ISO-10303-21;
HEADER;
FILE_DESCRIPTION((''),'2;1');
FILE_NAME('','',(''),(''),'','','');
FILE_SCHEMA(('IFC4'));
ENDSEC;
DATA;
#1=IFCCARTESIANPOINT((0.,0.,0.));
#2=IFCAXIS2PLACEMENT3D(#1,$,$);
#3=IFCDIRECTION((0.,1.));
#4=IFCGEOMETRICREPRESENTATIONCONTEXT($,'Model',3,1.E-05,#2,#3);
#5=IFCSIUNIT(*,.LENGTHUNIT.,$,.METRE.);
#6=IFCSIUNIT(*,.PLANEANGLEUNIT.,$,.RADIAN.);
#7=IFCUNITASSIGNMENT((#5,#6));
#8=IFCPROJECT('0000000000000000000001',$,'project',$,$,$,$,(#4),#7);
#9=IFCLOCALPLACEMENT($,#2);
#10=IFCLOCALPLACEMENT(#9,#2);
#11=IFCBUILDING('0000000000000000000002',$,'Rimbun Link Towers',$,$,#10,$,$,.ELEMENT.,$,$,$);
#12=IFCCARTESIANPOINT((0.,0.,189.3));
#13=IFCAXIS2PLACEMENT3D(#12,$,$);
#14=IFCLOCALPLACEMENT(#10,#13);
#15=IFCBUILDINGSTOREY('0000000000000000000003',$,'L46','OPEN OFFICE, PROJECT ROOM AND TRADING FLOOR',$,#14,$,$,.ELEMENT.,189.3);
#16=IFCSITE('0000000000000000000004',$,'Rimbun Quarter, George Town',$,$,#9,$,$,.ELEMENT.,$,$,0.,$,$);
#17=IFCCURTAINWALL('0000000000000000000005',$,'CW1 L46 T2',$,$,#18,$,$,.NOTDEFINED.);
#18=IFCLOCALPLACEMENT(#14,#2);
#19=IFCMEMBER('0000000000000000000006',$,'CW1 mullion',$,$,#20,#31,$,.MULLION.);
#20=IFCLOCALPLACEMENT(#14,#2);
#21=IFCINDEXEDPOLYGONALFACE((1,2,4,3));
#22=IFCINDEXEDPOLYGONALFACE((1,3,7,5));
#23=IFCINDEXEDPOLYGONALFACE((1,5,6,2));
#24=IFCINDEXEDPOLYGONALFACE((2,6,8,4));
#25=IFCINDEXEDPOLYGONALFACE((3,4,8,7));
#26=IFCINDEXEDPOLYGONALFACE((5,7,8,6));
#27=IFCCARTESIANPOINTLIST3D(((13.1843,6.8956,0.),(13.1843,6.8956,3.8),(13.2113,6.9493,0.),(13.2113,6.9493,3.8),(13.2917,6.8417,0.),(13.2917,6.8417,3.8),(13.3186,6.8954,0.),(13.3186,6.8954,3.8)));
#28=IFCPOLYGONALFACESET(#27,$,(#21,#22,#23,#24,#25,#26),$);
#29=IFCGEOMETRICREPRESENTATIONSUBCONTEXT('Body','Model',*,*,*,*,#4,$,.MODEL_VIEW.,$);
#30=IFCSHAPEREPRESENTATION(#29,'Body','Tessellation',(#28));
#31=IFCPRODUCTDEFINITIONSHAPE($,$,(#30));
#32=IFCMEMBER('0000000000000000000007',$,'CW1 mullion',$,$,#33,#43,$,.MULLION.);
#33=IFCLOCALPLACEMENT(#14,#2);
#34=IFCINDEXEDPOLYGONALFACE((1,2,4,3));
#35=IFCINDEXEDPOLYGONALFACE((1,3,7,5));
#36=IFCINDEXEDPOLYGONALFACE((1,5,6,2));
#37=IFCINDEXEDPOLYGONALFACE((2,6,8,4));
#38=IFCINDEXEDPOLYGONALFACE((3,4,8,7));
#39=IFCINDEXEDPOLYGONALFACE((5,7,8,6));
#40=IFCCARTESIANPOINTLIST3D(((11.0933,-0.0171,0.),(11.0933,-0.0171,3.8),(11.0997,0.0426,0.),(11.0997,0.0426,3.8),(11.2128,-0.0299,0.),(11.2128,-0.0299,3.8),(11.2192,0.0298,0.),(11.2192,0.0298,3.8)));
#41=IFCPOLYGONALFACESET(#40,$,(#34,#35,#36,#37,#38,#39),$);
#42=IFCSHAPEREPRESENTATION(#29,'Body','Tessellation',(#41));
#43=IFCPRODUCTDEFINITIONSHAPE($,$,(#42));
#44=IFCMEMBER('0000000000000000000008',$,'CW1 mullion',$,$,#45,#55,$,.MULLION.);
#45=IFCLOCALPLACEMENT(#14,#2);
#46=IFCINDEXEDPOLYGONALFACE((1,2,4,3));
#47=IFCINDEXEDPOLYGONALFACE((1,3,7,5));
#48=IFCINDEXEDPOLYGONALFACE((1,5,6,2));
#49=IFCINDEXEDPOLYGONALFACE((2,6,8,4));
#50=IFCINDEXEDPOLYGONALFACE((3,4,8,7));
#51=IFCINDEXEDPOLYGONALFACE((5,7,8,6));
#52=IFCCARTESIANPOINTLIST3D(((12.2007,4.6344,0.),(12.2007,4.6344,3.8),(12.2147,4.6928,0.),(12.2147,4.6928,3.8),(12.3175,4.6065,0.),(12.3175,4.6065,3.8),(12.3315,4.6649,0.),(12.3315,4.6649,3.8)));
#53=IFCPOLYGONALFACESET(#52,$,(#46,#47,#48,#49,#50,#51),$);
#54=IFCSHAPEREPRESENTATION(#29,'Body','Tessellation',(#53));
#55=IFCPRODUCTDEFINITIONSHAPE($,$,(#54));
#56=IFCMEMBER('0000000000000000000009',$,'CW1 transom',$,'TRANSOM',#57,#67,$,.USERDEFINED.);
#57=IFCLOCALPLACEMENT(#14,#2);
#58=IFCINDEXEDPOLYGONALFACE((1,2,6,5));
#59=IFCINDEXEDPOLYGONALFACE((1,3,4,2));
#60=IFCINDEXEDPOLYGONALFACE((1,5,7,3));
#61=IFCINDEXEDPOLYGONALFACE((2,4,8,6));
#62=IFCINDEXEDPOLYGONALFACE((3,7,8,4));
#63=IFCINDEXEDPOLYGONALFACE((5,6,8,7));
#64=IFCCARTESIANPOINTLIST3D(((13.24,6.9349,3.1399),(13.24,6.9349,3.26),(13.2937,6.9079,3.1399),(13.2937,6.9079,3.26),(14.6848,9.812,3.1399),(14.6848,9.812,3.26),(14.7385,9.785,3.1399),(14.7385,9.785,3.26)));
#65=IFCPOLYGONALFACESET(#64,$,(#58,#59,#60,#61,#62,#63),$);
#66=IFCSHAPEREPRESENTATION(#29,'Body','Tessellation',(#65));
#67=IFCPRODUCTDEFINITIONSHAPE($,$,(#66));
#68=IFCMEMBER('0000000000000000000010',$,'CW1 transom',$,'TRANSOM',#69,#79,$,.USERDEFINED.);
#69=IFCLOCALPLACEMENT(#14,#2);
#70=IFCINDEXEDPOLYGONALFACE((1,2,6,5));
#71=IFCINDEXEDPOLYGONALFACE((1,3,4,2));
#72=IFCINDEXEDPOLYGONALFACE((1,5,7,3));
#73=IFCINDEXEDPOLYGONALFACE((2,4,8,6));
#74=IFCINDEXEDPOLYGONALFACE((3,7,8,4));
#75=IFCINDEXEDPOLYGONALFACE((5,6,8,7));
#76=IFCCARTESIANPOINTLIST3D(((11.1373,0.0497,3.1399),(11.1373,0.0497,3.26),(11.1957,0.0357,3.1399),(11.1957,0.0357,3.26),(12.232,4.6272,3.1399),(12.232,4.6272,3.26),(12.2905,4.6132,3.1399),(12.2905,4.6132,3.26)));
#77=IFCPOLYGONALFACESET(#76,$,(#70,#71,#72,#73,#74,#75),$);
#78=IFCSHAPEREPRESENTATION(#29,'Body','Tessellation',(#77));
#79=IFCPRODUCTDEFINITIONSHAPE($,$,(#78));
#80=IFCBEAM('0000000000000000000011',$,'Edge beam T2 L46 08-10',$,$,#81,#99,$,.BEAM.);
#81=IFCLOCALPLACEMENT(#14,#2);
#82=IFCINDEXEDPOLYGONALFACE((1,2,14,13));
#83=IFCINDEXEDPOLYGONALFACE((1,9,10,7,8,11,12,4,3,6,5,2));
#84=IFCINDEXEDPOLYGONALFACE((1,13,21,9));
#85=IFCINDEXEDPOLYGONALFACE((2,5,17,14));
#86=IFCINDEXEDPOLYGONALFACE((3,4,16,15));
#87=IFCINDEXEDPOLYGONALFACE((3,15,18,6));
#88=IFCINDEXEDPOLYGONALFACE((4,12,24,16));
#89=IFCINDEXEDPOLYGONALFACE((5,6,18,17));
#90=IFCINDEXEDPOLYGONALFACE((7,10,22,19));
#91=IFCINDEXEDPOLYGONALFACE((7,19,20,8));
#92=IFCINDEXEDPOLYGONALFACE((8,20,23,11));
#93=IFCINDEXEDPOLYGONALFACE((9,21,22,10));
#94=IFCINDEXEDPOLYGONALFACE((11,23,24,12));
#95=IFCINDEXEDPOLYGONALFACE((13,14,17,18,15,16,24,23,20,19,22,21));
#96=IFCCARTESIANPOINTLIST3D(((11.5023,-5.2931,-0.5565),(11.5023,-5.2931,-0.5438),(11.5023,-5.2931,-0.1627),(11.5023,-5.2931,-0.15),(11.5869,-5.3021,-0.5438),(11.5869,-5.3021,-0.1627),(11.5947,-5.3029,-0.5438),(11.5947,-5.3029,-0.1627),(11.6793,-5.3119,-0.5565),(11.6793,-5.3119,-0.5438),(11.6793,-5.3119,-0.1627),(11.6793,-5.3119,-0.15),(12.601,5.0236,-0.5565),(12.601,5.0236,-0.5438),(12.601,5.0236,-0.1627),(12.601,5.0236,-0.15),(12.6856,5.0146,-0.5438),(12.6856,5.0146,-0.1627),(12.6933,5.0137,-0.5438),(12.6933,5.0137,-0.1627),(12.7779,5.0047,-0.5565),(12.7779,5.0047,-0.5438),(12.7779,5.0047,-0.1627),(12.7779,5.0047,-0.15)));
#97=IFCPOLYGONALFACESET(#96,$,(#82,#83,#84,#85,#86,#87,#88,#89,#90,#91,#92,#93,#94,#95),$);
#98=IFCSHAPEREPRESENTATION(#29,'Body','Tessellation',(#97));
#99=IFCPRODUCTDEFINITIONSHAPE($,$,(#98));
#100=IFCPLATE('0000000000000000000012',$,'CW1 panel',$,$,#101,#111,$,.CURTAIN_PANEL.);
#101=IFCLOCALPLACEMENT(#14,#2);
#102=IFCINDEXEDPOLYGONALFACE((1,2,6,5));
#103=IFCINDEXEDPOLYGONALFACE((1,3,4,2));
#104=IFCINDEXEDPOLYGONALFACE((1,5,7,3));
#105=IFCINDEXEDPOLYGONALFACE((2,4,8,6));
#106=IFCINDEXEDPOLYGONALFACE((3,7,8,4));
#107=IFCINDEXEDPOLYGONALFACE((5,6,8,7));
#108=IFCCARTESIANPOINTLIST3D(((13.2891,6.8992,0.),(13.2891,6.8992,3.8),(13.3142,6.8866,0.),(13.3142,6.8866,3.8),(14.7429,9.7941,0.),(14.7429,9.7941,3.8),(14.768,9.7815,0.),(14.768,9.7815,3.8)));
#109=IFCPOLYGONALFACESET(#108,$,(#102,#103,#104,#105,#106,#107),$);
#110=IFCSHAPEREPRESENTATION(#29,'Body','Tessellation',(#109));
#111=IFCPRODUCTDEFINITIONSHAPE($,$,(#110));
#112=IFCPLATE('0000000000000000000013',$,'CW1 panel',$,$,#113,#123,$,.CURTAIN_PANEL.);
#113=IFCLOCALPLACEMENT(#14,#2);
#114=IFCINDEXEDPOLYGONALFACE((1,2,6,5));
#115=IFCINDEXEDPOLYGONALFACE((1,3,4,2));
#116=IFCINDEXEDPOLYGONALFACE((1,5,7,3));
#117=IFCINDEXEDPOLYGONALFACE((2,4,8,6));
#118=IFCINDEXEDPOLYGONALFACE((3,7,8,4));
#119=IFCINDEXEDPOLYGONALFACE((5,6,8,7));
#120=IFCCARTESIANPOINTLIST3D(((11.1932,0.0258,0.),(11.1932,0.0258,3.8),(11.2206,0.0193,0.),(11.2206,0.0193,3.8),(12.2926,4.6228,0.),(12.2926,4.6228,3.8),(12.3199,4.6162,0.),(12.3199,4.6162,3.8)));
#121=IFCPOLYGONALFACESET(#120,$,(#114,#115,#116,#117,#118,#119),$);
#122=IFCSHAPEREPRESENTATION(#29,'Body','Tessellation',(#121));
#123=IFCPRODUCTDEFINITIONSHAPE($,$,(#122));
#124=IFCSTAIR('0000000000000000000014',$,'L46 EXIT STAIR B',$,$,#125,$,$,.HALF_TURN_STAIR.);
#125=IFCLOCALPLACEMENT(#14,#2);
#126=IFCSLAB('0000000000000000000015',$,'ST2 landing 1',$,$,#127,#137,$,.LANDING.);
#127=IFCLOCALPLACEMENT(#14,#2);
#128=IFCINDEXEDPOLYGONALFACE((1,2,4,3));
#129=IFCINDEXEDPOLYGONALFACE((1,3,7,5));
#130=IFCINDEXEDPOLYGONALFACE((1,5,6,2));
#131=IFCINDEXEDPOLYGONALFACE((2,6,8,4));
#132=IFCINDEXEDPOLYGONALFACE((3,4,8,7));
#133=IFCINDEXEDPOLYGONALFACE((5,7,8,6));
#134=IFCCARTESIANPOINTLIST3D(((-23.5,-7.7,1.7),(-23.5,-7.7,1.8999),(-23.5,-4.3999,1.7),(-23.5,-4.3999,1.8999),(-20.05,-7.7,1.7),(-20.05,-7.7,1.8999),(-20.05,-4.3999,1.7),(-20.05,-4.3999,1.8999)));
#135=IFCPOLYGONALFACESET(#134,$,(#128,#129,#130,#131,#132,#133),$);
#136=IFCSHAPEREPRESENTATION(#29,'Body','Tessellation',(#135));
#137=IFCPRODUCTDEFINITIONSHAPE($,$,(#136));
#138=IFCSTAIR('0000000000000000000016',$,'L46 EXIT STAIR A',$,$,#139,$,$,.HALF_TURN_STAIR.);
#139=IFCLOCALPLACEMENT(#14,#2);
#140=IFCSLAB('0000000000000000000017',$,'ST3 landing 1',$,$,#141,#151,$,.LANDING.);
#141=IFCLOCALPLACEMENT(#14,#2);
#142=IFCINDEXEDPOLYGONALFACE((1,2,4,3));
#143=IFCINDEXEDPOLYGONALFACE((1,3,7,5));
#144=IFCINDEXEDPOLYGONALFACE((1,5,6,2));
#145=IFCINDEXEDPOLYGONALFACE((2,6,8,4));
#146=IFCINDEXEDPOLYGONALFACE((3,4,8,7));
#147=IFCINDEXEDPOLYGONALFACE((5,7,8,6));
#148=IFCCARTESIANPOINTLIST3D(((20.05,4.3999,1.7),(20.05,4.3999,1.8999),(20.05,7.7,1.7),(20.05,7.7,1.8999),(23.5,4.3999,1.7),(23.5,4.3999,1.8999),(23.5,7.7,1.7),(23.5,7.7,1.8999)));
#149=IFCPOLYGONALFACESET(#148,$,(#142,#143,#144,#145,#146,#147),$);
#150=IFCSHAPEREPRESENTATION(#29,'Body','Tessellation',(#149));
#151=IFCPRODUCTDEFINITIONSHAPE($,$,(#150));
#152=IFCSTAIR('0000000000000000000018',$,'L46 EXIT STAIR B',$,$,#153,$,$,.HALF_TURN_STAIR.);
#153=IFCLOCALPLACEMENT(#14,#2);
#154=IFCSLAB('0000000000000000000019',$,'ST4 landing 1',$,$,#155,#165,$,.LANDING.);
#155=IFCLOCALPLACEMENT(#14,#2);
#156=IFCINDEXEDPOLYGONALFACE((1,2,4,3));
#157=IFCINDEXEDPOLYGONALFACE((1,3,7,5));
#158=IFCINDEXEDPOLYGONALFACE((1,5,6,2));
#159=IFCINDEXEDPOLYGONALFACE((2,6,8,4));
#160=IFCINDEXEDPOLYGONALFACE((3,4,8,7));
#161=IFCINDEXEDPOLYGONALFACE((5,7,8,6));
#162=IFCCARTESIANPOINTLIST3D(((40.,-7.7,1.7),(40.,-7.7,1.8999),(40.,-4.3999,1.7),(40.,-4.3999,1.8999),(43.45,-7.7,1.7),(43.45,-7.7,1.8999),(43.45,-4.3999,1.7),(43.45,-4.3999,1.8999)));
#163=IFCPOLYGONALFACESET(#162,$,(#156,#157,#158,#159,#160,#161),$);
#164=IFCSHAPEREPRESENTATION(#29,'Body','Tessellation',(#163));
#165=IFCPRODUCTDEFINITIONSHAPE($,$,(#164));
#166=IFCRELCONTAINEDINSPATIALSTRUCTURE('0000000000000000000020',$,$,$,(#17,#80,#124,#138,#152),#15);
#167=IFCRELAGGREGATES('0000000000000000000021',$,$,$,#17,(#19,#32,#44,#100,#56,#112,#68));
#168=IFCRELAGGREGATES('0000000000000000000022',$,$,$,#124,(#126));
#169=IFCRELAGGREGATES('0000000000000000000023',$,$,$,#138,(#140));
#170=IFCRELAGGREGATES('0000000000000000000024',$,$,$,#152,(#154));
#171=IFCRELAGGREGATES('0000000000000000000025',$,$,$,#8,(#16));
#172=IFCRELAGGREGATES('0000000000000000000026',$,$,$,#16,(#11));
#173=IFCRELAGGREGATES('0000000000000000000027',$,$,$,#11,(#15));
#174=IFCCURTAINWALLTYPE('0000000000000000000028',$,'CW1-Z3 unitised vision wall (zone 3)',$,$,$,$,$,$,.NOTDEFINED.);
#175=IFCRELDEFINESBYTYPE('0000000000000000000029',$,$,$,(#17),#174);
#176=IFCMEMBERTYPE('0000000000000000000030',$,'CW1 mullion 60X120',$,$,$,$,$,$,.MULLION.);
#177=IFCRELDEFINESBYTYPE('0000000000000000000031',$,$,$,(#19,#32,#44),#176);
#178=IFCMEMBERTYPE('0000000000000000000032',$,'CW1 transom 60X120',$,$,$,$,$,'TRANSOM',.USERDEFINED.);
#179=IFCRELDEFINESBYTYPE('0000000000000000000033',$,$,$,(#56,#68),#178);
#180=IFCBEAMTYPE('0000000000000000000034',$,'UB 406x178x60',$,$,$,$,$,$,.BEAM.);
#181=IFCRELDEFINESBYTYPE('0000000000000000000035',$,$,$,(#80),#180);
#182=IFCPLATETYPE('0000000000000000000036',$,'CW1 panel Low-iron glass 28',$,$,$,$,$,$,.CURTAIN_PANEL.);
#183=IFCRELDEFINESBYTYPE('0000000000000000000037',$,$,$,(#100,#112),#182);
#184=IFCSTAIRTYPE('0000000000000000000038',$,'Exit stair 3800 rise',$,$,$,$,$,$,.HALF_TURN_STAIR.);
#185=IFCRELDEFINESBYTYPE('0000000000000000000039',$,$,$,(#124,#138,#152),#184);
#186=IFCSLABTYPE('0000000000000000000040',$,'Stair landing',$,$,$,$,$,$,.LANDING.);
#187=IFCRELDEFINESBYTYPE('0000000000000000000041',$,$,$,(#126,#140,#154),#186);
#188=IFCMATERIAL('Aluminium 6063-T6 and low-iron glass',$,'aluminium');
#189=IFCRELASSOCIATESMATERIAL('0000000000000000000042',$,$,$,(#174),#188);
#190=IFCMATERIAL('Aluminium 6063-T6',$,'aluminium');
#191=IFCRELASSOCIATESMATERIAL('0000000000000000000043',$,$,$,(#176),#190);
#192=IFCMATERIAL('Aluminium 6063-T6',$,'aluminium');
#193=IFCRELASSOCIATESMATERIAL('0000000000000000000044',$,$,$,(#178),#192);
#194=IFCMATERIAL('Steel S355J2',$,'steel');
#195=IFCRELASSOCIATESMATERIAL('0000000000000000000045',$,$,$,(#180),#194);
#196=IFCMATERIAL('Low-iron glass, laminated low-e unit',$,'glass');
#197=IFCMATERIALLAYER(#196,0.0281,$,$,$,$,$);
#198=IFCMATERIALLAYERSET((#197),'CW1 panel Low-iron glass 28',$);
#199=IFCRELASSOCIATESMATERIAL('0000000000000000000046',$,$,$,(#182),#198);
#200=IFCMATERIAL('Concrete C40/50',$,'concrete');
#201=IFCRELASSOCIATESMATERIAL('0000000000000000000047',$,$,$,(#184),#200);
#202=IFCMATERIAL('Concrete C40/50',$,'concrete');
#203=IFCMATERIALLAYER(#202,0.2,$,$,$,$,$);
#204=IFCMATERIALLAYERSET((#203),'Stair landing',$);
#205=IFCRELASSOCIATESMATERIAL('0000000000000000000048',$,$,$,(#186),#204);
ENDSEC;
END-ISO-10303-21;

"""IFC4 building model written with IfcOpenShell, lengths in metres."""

from ifc_helpers import new_model, si_unit, direction, frame, origin, origin_2d, place, context, subcontext, project, spatial, polyline, rectangle, i_section, outline, extrude, material, layer, layer_set, material_profile, profile_set, type_object, element, aggregate, save


model = new_model("IFC4")

# Units and contexts
model_context = context("Model", 3, precision=1e-05, world=origin(), true_north=direction((0.0, 1.0)))
body_context = subcontext(model_context, "Body", "Model", "MODEL_VIEW")
ifc_project = project(units=[si_unit("LENGTHUNIT", "METRE"), si_unit("PLANEANGLEUNIT", "RADIAN")], contexts=[model_context])

# Site, building, storey
site_placement = place(None, origin())
site = spatial("IfcSite", under=ifc_project, at=site_placement, Name="Rimbun Quarter, George Town", CompositionType="ELEMENT", RefElevation=0.0)
building_placement = place(site_placement, origin())
building = spatial("IfcBuilding", under=site, at=building_placement, Name="Rimbun Link Towers", CompositionType="ELEMENT")
storey_placement = place(building_placement, frame((0.0, 0.0, 189.3)))
storey = spatial("IfcBuildingStorey", under=building, at=storey_placement, Name="L46", Description="OPEN OFFICE, PROJECT ROOM AND TRADING FLOOR", CompositionType="ELEMENT", Elevation=189.3)

# Curtain wall, members
ifc_material_1 = material(Name="Aluminium 6063-T6 and low-iron glass", Category="aluminium")
curtain_wall_type = type_object("IfcCurtainWallType", Name="CW1-Z3 unitised vision wall (zone 3)", PredefinedType="NOTDEFINED", material=ifc_material_1)
curtain_wall_placement = place(storey_placement, origin())
curtain_wall = element("IfcCurtainWall", 1, at=curtain_wall_placement, inside=storey, type_object=curtain_wall_type, Name="CW1 L46 T2", PredefinedType="NOTDEFINED")
ifc_material_2 = material(Name="Aluminium 6063-T6", Category="aluminium")
ifc_material_profile_1 = material_profile(ifc_material_2, rectangle(XDim=0.1201, YDim=0.0601, at=origin_2d()), Name="MULLION 60X120")
ifc_profile_set_1 = profile_set([ifc_material_profile_1], Name="Aluminium 6063-T6")
member_type_1 = type_object("IfcMemberType", Name="CW1 mullion 60X120", PredefinedType="MULLION", material=ifc_profile_set_1)
member_1_placement = place(storey_placement, frame((13.2515, 6.8955, 0.0), z_axis=(0.0, 0.0, 1.0), x_axis=(-0.893642, 0.448781, 0.0)))
member_1 = element("IfcMember", 2, at=member_1_placement, type_object=member_type_1, Name="CW1 mullion", PredefinedType="MULLION", context=body_context, shape_type="SweptSolid", body=[
    extrude(rectangle(XDim=0.1201, YDim=0.0601, at=origin_2d()), origin(), (0.0, 0.0, 1.0), 3.8),
])
member_2_placement = place(storey_placement, frame((11.1562, 0.0063, 0.0), z_axis=(0.0, 0.0, 1.0), x_axis=(-0.994298, 0.106634, 0.0)))
member_2 = element("IfcMember", 3, at=member_2_placement, type_object=member_type_1, Name="CW1 mullion", PredefinedType="MULLION", context=body_context, shape_type="SweptSolid", body=[
    extrude(rectangle(XDim=0.1201, YDim=0.0601, at=origin_2d()), origin(), (0.0, 0.0, 1.0), 3.8),
])
member_3_placement = place(storey_placement, frame((12.2661, 4.6497, 0.0), z_axis=(0.0, 0.0, 1.0), x_axis=(-0.972573, 0.232596, 0.0)))
member_3 = element("IfcMember", 4, at=member_3_placement, type_object=member_type_1, Name="CW1 mullion", PredefinedType="MULLION", context=body_context, shape_type="SweptSolid", body=[
    extrude(rectangle(XDim=0.1201, YDim=0.0601, at=origin_2d()), origin(), (0.0, 0.0, 1.0), 3.8),
])
ifc_material_3 = material(Name="Aluminium 6063-T6", Category="aluminium")
ifc_material_profile_2 = material_profile(ifc_material_3, rectangle(XDim=0.0601, YDim=0.1201, at=origin_2d()), Name="TRANSOM 60X120")
ifc_profile_set_2 = profile_set([ifc_material_profile_2], Name="Aluminium 6063-T6")
member_type_2 = type_object("IfcMemberType", Name="CW1 transom 60X120", ElementType="TRANSOM", PredefinedType="USERDEFINED", material=ifc_profile_set_2)
member_4_placement = place(storey_placement, frame((13.2668, 6.9214, 3.2), z_axis=(0.44876, 0.893652, 0.0), x_axis=(-0.893652, 0.44876, 0.0)))
member_4 = element("IfcMember", 5, at=member_4_placement, type_object=member_type_2, Name="CW1 transom", ObjectType="TRANSOM", PredefinedType="USERDEFINED", context=body_context, shape_type="SweptSolid", body=[
    extrude(rectangle(XDim=0.0601, YDim=0.1201, at=origin_2d()), origin(), (0.0, 0.0, 1.0), 3.2195),
])
member_5_placement = place(storey_placement, frame((11.1665, 0.0427, 3.2), z_axis=(0.2326, 0.972573, 0.0), x_axis=(-0.972573, 0.2326, 0.0)))
member_5 = element("IfcMember", 6, at=member_5_placement, type_object=member_type_2, Name="CW1 transom", ObjectType="TRANSOM", PredefinedType="USERDEFINED", context=body_context, shape_type="SweptSolid", body=[
    extrude(rectangle(XDim=0.0601, YDim=0.1201, at=origin_2d()), origin(), (0.0, 0.0, 1.0), 4.7065),
])

# Beam
ifc_material_4 = material(Name="Steel S355J2", Category="steel")
ifc_material_profile_3 = material_profile(ifc_material_4, i_section(OverallWidth=0.178, OverallDepth=0.4065, WebThickness=0.0078, FlangeThickness=0.0127, at=origin_2d()), Name="UB 406x178x60")
ifc_profile_set_3 = profile_set([ifc_material_profile_3], Name="Steel S355J2")
beam_type = type_object("IfcBeamType", Name="UB 406x178x60", PredefinedType="BEAM", material=ifc_profile_set_3)
beam_placement = place(storey_placement, frame((12.6895, 5.0142, -0.3533), z_axis=(-0.105892, -0.994378, 0.0), x_axis=(0.994378, -0.105892, 0.0)))
element("IfcBeam", 7, at=beam_placement, inside=storey, type_object=beam_type, Name="Edge beam T2 L46 08-10", PredefinedType="BEAM", context=body_context, shape_type="SweptSolid", body=[
    extrude(i_section(OverallWidth=0.178, OverallDepth=0.4065, WebThickness=0.0078, FlangeThickness=0.0127, at=origin_2d()), origin(), (0.0, 0.0, 1.0), 10.375),
])

# Plates
ifc_material_5 = material(Name="Low-iron glass, laminated low-e unit", Category="glass")
ifc_layer_1 = layer(ifc_material_5, 0.0281)
ifc_layer_set_1 = layer_set([ifc_layer_1], Name="CW1 panel Low-iron glass 28")
plate_type = type_object("IfcPlateType", Name="CW1 panel Low-iron glass 28", PredefinedType="CURTAIN_PANEL", material=ifc_layer_set_1)
plate_1_placement = place(storey_placement, frame((14.0286, 8.3403, 0.0), z_axis=(0.0, 0.0, 1.0), x_axis=(0.448781, 0.893642, 0.0)))
plate_1 = element("IfcPlate", 8, at=plate_1_placement, type_object=plate_type, Name="CW1 panel", PredefinedType="CURTAIN_PANEL", context=body_context, shape_type="SweptSolid", body=[
    extrude(rectangle(XDim=3.2395, YDim=0.0281, at=origin_2d()), origin(), (0.0, 0.0, 1.0), 3.8),
])
plate_2_placement = place(storey_placement, frame((11.7566, 2.321, 0.0), z_axis=(0.0, 0.0, 1.0), x_axis=(0.232596, 0.972573, 0.0)))
plate_2 = element("IfcPlate", 9, at=plate_2_placement, type_object=plate_type, Name="CW1 panel", PredefinedType="CURTAIN_PANEL", context=body_context, shape_type="SweptSolid", body=[
    extrude(rectangle(XDim=4.7266, YDim=0.0281, at=origin_2d()), origin(), (0.0, 0.0, 1.0), 3.8),
])
aggregate(curtain_wall, [member_1, member_2, member_3, plate_1, member_4, plate_2, member_5])

# Stairs, slabs
ifc_material_6 = material(Name="Concrete C40/50", Category="concrete")
stair_type = type_object("IfcStairType", Name="Exit stair 3800 rise", PredefinedType="HALF_TURN_STAIR", material=ifc_material_6)
stair_1_placement = place(storey_placement, origin())
stair_1 = element("IfcStair", 10, at=stair_1_placement, inside=storey, type_object=stair_type, Name="L46 EXIT STAIR B", PredefinedType="HALF_TURN_STAIR")
ifc_material_7 = material(Name="Concrete C40/50", Category="concrete")
ifc_layer_2 = layer(ifc_material_7, 0.2)
ifc_layer_set_2 = layer_set([ifc_layer_2], Name="Stair landing")
slab_type = type_object("IfcSlabType", Name="Stair landing", PredefinedType="LANDING", material=ifc_layer_set_2)
slab_1_placement = place(storey_placement, frame((0.0, 0.0, 1.7)))
slab_1 = element("IfcSlab", 11, at=slab_1_placement, type_object=slab_type, Name="ST2 landing 1", PredefinedType="LANDING", context=body_context, shape_type="SweptSolid", body=[
    extrude(outline(polyline([(-23.5, -7.7), (-20.05, -7.7), (-20.05, -4.3999), (-23.5, -4.3999), (-23.5, -7.7)])), origin(), (0.0, 0.0, 1.0), 0.2),
])
aggregate(stair_1, [slab_1])
stair_2_placement = place(storey_placement, origin())
stair_2 = element("IfcStair", 12, at=stair_2_placement, inside=storey, type_object=stair_type, Name="L46 EXIT STAIR A", PredefinedType="HALF_TURN_STAIR")
slab_2_placement = place(storey_placement, frame((0.0, 0.0, 1.7)))
slab_2 = element("IfcSlab", 13, at=slab_2_placement, type_object=slab_type, Name="ST3 landing 1", PredefinedType="LANDING", context=body_context, shape_type="SweptSolid", body=[
    extrude(outline(polyline([(23.5, 7.7), (20.05, 7.7), (20.05, 4.3999), (23.5, 4.3999), (23.5, 7.7)])), origin(), (0.0, 0.0, 1.0), 0.2),
])
aggregate(stair_2, [slab_2])
stair_3_placement = place(storey_placement, origin())
stair_3 = element("IfcStair", 14, at=stair_3_placement, inside=storey, type_object=stair_type, Name="L46 EXIT STAIR B", PredefinedType="HALF_TURN_STAIR")
slab_3_placement = place(storey_placement, frame((0.0, 0.0, 1.7)))
slab_3 = element("IfcSlab", 15, at=slab_3_placement, type_object=slab_type, Name="ST4 landing 1", PredefinedType="LANDING", context=body_context, shape_type="SweptSolid", body=[
    extrude(outline(polyline([(40.0, -7.7), (43.45, -7.7), (43.45, -4.3999), (40.0, -4.3999), (40.0, -7.7)])), origin(), (0.0, 0.0, 1.0), 0.2),
])
aggregate(stair_3, [slab_3])

save(model, "model.ifc")
